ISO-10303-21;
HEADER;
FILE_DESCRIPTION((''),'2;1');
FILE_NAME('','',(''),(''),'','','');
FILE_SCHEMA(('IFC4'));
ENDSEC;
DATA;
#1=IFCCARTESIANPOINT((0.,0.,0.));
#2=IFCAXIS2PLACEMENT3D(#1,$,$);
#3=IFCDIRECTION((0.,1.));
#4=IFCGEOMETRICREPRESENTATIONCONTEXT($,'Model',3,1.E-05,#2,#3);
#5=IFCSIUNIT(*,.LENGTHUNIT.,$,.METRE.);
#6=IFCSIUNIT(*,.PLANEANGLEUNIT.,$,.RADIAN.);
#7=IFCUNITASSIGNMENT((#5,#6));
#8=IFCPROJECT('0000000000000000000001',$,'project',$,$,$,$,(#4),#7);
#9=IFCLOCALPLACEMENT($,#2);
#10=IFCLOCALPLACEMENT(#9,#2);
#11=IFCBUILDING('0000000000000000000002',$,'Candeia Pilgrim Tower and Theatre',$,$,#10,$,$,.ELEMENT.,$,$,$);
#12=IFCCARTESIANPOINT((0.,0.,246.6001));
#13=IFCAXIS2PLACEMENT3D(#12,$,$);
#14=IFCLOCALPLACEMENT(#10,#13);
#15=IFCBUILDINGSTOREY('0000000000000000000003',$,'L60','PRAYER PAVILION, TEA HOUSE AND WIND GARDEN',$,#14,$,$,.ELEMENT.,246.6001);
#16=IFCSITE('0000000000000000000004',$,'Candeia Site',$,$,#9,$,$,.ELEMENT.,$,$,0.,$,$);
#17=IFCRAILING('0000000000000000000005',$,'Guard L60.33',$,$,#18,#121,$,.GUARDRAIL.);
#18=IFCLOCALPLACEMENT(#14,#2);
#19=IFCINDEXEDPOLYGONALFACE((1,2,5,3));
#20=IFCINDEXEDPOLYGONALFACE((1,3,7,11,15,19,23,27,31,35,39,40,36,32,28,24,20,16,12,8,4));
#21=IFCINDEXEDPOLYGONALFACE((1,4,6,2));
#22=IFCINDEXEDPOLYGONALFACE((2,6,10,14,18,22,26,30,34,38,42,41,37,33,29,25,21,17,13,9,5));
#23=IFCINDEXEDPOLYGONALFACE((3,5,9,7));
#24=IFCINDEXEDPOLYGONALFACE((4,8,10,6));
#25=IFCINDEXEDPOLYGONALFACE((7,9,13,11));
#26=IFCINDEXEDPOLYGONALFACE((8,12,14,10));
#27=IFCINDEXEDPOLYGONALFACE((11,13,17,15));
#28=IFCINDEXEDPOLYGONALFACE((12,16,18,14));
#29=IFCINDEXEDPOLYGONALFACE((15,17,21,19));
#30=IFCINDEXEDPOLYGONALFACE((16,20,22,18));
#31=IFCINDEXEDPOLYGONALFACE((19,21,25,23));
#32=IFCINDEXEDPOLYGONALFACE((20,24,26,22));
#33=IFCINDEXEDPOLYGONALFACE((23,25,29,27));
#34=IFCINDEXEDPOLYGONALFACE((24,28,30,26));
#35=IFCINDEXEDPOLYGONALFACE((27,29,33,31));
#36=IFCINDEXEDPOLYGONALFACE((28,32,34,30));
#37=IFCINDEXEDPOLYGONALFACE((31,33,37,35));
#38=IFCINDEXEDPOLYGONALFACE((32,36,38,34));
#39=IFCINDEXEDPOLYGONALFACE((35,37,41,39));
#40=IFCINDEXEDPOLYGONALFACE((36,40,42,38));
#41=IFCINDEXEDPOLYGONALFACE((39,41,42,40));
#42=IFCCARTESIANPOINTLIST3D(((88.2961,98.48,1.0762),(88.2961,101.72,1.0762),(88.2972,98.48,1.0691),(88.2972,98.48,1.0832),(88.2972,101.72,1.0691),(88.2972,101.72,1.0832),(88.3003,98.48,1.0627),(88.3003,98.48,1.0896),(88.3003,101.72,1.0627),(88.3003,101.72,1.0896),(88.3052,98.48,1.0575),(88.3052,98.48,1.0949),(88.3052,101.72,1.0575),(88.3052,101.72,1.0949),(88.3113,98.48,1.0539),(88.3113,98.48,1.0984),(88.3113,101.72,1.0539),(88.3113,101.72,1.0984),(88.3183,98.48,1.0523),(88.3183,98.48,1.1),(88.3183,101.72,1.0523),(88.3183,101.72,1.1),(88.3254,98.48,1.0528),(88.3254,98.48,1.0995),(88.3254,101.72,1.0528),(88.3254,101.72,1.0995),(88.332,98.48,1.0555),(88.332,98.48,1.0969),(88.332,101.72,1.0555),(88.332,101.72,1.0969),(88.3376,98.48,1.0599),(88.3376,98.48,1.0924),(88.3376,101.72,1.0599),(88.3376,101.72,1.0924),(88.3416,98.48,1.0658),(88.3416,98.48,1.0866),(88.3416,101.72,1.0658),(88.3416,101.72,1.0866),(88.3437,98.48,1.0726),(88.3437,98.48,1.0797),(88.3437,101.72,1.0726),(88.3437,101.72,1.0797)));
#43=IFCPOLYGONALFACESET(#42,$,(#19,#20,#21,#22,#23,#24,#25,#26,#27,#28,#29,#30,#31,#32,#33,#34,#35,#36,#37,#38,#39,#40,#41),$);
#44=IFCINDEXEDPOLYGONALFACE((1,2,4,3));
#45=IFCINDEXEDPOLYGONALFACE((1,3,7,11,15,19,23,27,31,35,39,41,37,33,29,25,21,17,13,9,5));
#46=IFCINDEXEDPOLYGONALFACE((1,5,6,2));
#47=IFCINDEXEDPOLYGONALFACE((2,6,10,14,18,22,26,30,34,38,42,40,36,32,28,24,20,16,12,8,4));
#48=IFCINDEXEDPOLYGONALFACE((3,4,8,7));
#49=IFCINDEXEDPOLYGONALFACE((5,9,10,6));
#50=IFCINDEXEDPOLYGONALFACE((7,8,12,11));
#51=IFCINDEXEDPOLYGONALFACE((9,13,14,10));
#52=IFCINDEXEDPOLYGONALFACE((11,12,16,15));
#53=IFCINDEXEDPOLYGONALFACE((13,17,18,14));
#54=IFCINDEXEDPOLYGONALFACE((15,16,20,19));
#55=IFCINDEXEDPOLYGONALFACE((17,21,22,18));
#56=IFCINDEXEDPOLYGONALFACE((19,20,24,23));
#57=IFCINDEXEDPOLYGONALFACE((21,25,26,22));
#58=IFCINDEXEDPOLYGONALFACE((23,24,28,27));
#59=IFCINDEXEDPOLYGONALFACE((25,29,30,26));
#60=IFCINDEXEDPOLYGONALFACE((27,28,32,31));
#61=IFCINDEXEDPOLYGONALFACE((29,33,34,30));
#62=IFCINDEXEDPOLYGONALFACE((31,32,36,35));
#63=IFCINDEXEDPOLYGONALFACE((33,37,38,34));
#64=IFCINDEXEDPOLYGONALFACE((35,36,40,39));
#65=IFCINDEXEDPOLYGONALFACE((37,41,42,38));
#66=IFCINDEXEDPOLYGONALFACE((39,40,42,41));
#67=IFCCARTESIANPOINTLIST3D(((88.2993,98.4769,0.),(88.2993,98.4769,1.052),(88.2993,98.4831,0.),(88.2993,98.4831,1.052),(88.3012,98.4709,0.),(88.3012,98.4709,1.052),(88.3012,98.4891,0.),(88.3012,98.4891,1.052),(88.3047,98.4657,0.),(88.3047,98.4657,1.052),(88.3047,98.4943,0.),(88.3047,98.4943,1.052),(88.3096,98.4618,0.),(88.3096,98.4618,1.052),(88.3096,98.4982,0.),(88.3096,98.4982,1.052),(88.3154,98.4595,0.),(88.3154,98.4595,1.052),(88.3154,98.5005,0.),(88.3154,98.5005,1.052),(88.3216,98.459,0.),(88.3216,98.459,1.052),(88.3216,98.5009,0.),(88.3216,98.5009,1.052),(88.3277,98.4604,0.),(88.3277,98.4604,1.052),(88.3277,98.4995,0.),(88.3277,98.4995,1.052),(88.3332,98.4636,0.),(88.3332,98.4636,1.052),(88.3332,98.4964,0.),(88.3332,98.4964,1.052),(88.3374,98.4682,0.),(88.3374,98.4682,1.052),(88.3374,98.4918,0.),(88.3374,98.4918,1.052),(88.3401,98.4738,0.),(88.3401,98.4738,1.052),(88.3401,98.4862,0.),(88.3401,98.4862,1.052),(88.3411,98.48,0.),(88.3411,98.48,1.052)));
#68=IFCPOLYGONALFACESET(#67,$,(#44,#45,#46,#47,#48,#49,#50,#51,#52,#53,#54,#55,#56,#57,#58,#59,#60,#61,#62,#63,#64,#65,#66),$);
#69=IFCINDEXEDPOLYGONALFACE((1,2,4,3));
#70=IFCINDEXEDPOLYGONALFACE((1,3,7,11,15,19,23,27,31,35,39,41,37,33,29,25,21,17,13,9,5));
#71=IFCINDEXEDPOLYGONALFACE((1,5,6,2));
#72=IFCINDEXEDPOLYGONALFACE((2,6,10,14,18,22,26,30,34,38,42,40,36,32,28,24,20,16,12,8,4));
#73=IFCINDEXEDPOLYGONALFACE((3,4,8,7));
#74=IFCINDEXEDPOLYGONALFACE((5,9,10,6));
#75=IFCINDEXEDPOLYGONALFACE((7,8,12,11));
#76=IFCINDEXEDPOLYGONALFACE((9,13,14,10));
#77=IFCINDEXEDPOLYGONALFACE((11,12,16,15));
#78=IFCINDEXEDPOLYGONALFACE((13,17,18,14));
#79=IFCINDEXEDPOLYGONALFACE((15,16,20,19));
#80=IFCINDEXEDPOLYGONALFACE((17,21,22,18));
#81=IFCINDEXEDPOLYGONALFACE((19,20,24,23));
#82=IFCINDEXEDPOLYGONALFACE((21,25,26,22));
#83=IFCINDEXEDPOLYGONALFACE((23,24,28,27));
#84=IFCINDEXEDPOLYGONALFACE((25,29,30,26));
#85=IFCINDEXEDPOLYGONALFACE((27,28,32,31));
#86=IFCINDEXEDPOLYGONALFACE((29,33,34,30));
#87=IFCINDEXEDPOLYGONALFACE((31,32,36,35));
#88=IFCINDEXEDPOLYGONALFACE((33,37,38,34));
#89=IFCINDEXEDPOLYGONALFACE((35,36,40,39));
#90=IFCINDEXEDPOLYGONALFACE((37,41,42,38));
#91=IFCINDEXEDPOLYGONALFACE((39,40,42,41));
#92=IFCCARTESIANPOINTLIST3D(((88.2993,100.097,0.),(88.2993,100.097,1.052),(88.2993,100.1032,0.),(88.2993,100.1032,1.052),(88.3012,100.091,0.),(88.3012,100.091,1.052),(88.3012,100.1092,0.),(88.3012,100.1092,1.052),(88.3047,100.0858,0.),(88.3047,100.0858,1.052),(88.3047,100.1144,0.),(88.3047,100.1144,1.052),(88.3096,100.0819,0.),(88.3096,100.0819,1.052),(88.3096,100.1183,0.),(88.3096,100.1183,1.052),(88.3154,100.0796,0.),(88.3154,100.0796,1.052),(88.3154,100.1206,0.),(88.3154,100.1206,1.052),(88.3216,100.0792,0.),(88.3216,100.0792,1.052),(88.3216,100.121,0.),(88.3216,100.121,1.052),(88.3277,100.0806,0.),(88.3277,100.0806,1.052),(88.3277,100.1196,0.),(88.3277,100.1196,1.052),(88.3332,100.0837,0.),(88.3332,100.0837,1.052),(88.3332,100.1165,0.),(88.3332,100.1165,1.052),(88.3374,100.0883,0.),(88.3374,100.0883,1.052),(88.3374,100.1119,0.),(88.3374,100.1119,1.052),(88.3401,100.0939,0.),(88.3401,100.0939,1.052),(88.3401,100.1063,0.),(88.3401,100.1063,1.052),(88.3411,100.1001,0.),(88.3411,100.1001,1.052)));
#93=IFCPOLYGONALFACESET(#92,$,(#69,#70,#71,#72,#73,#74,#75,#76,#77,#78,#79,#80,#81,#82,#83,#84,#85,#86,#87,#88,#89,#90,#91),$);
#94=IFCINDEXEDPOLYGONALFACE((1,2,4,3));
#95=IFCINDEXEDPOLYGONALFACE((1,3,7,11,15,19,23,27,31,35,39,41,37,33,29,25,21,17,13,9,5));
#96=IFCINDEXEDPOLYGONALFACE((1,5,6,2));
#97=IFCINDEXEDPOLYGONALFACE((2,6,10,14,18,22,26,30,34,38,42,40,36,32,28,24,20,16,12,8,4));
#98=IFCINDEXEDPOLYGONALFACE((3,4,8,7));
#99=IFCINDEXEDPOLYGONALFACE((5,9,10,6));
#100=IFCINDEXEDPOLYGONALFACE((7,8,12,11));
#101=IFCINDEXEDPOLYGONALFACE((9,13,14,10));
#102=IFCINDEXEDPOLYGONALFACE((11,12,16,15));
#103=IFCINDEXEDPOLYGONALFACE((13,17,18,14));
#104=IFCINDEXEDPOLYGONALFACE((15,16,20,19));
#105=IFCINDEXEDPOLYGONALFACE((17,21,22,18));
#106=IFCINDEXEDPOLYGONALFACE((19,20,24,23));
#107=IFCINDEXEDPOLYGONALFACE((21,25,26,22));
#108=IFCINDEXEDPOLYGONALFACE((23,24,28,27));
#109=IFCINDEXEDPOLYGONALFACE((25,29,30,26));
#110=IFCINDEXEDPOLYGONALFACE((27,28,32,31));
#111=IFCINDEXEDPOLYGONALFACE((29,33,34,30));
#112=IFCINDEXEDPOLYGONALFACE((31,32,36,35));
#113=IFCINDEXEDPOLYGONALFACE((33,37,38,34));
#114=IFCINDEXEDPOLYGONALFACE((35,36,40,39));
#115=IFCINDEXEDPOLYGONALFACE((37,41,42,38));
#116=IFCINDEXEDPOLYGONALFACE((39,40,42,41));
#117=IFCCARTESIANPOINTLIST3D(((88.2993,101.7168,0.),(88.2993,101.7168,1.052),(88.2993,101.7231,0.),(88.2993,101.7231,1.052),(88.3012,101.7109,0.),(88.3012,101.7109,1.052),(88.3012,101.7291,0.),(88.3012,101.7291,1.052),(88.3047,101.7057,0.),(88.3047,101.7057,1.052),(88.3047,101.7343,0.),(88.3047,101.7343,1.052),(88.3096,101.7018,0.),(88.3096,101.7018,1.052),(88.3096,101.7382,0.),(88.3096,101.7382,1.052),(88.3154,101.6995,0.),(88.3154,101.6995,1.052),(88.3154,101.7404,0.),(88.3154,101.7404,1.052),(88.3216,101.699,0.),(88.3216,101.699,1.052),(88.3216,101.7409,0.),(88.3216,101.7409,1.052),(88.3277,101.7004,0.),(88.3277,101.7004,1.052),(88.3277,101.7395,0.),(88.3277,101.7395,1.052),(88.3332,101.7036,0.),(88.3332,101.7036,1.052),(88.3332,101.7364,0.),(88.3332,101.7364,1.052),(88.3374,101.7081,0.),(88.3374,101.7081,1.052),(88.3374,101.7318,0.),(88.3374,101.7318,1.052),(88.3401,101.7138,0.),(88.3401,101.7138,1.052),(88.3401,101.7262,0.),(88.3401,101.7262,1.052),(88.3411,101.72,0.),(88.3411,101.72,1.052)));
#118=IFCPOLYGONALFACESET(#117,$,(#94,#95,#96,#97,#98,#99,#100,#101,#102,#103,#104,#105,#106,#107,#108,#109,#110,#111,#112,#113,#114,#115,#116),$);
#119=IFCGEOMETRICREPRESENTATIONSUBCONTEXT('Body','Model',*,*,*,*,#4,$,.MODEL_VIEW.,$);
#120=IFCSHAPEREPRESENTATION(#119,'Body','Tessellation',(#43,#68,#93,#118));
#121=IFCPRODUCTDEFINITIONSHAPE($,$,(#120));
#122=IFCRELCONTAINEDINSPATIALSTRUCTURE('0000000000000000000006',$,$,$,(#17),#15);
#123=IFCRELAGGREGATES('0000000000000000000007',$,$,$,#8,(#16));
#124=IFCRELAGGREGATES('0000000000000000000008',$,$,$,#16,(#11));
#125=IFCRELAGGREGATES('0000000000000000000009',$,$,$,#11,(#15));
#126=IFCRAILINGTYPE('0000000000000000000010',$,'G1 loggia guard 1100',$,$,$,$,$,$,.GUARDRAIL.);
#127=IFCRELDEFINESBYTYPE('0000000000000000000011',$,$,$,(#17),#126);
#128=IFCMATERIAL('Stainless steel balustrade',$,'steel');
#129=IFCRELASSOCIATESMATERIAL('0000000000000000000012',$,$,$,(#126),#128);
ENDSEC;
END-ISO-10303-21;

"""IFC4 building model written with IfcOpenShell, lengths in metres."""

from ifc_helpers import new_model, si_unit, direction, frame, origin, origin_2d, place, context, subcontext, project, spatial, circle, extrude, material, type_object, element, save


model = new_model("IFC4")

# Units and contexts
model_context = context("Model", 3, precision=1e-05, world=origin(), true_north=direction((0.0, 1.0)))
body_context = subcontext(model_context, "Body", "Model", "MODEL_VIEW")
ifc_project = project(units=[si_unit("LENGTHUNIT", "METRE"), si_unit("PLANEANGLEUNIT", "RADIAN")], contexts=[model_context])

# Site, building, storey
site_placement = place(None, origin())
site = spatial("IfcSite", under=ifc_project, at=site_placement, Name="Candeia Site", CompositionType="ELEMENT", RefElevation=0.0)
building_placement = place(site_placement, origin())
building = spatial("IfcBuilding", under=site, at=building_placement, Name="Candeia Pilgrim Tower and Theatre", CompositionType="ELEMENT")
storey_placement = place(building_placement, frame((0.0, 0.0, 246.6001)))
storey = spatial("IfcBuildingStorey", under=building, at=storey_placement, Name="L60", Description="PRAYER PAVILION, TEA HOUSE AND WIND GARDEN", CompositionType="ELEMENT", Elevation=246.6001)

# Railing
ifc_material_1 = material(Name="Stainless steel balustrade", Category="steel")
railing_type = type_object("IfcRailingType", Name="G1 loggia guard 1100", PredefinedType="GUARDRAIL", material=ifc_material_1)
railing_1_placement = place(storey_placement, frame((88.3201, 98.48, 0.0)))
element("IfcRailing", 1, at=railing_1_placement, inside=storey, type_object=railing_type, Name="Guard L60.33", PredefinedType="GUARDRAIL", context=body_context, shape_type="SweptSolid", body=[
    extrude(circle(Radius=0.0239, at=origin_2d()), frame((0.0, 0.0, 1.0762), z_axis=(0.0, 1.0, 0.0), x_axis=(-1.0, 0.0, 0.0)), (0.0, 0.0, 1.0), 3.24),
    extrude(circle(Radius=0.021, at=origin_2d()), origin(), (0.0, 0.0, 1.0), 1.052),
    extrude(circle(Radius=0.021, at=origin_2d()), frame((0.0, 1.6201, 0.0)), (0.0, 0.0, 1.0), 1.052),
    extrude(circle(Radius=0.021, at=origin_2d()), frame((0.0, 3.24, 0.0)), (0.0, 0.0, 1.0), 1.052),
])

save(model, "model.ifc")
